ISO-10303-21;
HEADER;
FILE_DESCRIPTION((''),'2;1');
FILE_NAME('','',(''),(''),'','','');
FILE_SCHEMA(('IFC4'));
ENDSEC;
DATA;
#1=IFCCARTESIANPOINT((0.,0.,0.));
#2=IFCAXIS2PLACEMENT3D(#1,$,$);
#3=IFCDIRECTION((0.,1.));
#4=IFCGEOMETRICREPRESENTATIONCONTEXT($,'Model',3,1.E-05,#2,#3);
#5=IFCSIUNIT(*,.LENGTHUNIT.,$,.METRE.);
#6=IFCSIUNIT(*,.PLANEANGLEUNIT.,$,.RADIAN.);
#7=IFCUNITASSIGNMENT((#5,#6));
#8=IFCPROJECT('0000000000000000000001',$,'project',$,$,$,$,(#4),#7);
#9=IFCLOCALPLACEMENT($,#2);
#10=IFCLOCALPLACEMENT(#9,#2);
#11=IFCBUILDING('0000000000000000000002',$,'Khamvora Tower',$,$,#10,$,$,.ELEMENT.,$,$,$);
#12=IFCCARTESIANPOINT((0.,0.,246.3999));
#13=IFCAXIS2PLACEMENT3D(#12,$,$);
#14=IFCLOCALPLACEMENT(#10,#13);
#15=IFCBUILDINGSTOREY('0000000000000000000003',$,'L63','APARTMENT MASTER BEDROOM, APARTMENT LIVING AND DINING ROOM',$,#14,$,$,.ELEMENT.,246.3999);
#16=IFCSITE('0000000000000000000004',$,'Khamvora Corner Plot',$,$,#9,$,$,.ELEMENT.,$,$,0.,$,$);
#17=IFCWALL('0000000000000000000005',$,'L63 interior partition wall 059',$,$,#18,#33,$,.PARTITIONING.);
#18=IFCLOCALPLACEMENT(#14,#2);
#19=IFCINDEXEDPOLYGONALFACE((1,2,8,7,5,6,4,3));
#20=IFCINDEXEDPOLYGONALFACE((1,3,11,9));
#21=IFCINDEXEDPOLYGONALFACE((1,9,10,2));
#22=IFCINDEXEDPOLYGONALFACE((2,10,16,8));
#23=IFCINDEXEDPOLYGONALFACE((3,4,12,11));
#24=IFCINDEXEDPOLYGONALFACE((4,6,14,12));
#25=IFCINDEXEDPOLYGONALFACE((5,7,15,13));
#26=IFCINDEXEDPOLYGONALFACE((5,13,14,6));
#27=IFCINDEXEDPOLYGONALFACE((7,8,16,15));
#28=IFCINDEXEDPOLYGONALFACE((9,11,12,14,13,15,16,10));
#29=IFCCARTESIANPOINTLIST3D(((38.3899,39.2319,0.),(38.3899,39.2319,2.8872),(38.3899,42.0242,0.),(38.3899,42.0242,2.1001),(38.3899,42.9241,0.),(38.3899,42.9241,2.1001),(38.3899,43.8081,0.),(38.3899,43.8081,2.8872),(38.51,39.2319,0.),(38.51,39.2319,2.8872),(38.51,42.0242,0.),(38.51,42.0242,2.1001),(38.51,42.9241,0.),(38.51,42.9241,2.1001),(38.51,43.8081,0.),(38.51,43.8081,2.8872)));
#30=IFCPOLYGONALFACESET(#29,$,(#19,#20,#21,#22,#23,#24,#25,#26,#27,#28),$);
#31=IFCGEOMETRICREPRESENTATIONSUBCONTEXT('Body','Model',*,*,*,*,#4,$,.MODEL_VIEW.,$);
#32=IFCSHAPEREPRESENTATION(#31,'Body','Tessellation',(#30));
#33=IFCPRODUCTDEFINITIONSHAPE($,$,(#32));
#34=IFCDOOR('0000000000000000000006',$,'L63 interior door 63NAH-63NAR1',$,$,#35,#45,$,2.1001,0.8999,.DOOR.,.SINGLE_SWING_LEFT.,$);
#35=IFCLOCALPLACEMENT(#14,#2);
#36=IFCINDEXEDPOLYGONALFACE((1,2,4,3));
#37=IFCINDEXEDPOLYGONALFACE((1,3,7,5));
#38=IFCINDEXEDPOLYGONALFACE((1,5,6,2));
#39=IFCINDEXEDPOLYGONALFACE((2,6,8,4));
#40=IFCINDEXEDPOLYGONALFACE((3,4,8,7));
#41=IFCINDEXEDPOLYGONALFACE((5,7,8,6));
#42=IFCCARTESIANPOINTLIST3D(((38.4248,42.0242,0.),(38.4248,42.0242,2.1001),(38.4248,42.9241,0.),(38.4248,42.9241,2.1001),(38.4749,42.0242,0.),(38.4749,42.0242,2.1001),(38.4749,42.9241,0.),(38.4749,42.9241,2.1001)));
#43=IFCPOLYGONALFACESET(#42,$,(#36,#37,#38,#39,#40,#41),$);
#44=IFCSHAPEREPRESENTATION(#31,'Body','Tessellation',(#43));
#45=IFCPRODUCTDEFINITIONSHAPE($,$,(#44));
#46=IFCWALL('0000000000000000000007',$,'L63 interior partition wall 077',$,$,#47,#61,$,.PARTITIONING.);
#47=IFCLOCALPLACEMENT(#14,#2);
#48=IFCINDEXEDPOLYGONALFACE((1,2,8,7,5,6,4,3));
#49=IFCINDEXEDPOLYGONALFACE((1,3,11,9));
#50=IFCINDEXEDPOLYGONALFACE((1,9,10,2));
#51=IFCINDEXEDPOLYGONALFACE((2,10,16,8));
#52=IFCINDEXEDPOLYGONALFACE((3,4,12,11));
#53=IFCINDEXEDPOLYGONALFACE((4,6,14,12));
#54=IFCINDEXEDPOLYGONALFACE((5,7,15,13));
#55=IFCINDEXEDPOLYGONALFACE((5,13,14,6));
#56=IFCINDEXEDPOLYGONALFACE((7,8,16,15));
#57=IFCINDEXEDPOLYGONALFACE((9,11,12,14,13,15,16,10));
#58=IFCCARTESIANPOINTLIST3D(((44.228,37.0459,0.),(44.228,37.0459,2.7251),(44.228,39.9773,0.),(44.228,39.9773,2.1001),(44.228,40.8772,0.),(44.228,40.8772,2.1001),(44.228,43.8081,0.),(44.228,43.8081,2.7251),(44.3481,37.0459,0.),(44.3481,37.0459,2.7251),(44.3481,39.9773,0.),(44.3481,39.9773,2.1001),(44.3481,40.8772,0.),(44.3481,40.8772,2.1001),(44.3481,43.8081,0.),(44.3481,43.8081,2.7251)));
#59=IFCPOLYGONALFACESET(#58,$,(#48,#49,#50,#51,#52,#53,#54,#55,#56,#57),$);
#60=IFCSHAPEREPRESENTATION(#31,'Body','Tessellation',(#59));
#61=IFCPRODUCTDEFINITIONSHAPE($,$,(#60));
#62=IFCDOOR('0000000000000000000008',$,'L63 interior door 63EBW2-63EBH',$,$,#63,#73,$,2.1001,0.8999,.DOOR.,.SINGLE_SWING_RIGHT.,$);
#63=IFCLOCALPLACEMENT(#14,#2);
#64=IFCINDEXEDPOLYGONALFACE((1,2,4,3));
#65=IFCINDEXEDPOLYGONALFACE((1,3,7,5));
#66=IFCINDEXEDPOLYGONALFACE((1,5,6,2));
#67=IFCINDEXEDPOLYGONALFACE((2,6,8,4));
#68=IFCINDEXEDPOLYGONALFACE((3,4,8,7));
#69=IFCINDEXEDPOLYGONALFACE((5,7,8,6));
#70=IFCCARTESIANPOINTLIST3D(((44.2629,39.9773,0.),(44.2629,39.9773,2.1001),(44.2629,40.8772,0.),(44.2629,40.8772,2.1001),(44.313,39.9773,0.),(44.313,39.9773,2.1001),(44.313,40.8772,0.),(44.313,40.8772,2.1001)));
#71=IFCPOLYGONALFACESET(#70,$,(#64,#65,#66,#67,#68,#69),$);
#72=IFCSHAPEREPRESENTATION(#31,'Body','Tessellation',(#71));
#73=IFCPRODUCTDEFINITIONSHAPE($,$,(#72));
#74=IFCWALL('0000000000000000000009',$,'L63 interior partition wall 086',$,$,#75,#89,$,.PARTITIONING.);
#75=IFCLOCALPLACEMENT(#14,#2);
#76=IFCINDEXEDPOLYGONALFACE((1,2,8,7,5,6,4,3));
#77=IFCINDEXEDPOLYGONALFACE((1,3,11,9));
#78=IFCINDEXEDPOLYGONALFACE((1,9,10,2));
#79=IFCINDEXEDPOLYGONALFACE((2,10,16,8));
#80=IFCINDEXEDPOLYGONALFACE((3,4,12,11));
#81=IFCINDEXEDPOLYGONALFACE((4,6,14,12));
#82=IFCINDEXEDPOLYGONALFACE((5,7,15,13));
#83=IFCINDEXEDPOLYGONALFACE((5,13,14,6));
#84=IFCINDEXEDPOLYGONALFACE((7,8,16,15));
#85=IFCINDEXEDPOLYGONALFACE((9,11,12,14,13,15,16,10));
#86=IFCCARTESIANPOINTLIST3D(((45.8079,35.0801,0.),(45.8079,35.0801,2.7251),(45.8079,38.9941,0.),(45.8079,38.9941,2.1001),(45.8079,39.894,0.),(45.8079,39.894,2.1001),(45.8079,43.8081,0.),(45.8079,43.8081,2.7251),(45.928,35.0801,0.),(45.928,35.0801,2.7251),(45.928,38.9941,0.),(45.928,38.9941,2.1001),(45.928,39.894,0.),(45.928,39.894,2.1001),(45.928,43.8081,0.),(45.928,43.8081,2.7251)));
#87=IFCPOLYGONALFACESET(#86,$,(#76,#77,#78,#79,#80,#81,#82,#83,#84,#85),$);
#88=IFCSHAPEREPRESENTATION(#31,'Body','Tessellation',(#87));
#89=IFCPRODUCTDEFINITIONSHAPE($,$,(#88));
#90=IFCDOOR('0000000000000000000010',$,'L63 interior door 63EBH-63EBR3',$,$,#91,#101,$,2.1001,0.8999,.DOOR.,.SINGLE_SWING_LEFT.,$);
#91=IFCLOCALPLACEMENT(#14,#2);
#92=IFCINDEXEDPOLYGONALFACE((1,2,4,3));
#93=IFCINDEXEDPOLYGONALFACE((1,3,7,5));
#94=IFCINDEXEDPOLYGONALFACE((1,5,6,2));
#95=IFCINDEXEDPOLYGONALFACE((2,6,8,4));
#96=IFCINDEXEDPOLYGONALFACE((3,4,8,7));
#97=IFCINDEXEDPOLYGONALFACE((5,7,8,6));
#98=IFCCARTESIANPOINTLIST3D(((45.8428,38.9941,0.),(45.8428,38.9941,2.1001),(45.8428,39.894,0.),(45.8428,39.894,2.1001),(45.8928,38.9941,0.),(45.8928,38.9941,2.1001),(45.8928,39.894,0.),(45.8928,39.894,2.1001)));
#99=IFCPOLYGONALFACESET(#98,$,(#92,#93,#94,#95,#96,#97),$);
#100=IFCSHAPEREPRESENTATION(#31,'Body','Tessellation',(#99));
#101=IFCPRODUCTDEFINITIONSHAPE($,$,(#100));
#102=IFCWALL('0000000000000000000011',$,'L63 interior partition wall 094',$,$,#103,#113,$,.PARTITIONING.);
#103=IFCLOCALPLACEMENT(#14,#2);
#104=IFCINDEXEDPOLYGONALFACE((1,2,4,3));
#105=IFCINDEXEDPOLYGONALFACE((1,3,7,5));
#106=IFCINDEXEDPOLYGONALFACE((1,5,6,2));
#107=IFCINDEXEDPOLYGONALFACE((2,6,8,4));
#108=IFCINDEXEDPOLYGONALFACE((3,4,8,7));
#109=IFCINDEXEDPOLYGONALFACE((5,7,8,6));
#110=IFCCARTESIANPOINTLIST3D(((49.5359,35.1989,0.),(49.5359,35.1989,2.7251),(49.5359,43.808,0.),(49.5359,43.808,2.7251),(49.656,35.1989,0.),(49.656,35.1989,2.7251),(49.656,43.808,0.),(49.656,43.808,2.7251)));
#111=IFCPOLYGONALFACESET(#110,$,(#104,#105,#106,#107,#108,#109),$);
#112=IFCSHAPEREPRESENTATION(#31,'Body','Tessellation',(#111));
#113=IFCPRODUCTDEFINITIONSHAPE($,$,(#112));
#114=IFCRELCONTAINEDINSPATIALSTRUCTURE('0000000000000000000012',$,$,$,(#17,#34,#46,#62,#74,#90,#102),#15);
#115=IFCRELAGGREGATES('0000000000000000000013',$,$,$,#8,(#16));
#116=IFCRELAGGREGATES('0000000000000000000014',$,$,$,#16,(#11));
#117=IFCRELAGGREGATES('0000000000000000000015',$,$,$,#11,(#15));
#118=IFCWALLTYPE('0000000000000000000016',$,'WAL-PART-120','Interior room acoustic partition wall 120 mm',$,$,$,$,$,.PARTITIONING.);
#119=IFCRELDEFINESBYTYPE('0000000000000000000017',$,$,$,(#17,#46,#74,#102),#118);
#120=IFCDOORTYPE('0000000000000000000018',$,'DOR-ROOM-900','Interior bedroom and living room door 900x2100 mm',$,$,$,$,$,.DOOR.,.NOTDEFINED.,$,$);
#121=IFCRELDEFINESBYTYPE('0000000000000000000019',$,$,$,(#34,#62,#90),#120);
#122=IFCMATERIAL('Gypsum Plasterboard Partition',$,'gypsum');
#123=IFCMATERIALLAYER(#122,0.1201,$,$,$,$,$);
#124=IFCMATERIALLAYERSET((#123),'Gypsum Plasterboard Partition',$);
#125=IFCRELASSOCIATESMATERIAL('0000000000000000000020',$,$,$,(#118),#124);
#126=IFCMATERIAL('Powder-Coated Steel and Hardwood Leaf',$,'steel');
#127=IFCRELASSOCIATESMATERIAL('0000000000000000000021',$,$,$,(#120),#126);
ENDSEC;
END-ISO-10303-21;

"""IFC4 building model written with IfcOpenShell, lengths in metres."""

from ifc_helpers import new_model, si_unit, direction, frame, frame_2d, origin, place, context, subcontext, project, spatial, rectangle, extrude, material, layer, layer_set, type_object, element, fill, save


model = new_model("IFC4")

# Units and contexts
model_context = context("Model", 3, precision=1e-05, world=origin(), true_north=direction((0.0, 1.0)))
body_context = subcontext(model_context, "Body", "Model", "MODEL_VIEW")
ifc_project = project(units=[si_unit("LENGTHUNIT", "METRE"), si_unit("PLANEANGLEUNIT", "RADIAN")], contexts=[model_context])

# Site, building, storey
site_placement = place(None, origin())
site = spatial("IfcSite", under=ifc_project, at=site_placement, Name="Khamvora Corner Plot", CompositionType="ELEMENT", RefElevation=0.0)
building_placement = place(site_placement, origin())
building = spatial("IfcBuilding", under=site, at=building_placement, Name="Khamvora Tower", CompositionType="ELEMENT")
storey_placement = place(building_placement, frame((0.0, 0.0, 246.3999)))
storey = spatial("IfcBuildingStorey", under=building, at=storey_placement, Name="L63", Description="APARTMENT MASTER BEDROOM, APARTMENT LIVING AND DINING ROOM", CompositionType="ELEMENT", Elevation=246.3999)

# Walls, openings, doors
ifc_material_1 = material(Name="Gypsum Plasterboard Partition", Category="gypsum")
ifc_layer_1 = layer(ifc_material_1, 0.1201)
ifc_layer_set_1 = layer_set([ifc_layer_1], Name="Gypsum Plasterboard Partition")
wall_type_1 = type_object("IfcWallType", Name="WAL-PART-120", Description="Interior room acoustic partition wall 120 mm", PredefinedType="PARTITIONING", material=ifc_layer_set_1)
wall_1_placement = place(storey_placement, frame((38.45, 43.8081, 0.0), z_axis=(0.0, 0.0, 1.0), x_axis=(0.0, -1.0, 0.0)))
wall_1 = element("IfcWall", 1, at=wall_1_placement, inside=storey, type_object=wall_type_1, Name="L63 interior partition wall 059", PredefinedType="PARTITIONING", context=body_context, shape_type="SweptSolid", body=[
    extrude(rectangle(XDim=4.5762, YDim=0.1201, at=frame_2d((2.2881, 0.0))), origin(), (0.0, 0.0, 1.0), 2.8872),
])
opening_1_placement = place(wall_1_placement, frame((0.884, 0.0, 0.0)))
opening_1 = element("IfcOpeningElement", 2, at=opening_1_placement, cuts=wall_1, PredefinedType="OPENING", context=body_context, shape_type="SweptSolid", body=[
    extrude(rectangle(XDim=0.8999, YDim=2.1001, at=frame_2d((0.45, 1.05))), frame((0.0, 0.0701, 0.0), z_axis=(0.0, -1.0, 0.0), x_axis=(1.0, 0.0, 0.0)), (0.0, 0.0, 1.0), 0.1401),
])
ifc_material_2 = material(Name="Powder-Coated Steel and Hardwood Leaf", Category="steel")
door_type = type_object("IfcDoorType", Name="DOR-ROOM-900", Description="Interior bedroom and living room door 900x2100 mm", OperationType="NOTDEFINED", PredefinedType="DOOR", material=ifc_material_2)
door_1_placement = place(opening_1_placement, origin())
door_1 = element("IfcDoor", 3, at=door_1_placement, inside=storey, type_object=door_type, Name="L63 interior door 63NAH-63NAR1", OperationType="SINGLE_SWING_LEFT", OverallHeight=2.1001, OverallWidth=0.8999, PredefinedType="DOOR", context=body_context, shape_type="SweptSolid", body=[
    extrude(rectangle(XDim=0.8999, YDim=2.1001, at=frame_2d((0.45, 1.05))), frame((0.0, 0.0249, 0.0), z_axis=(0.0, -1.0, 0.0), x_axis=(1.0, 0.0, 0.0)), (0.0, 0.0, 1.0), 0.05),
])
fill(opening_1, door_1)
wall_2_placement = place(storey_placement, frame((44.2881, 43.8081, 0.0), z_axis=(0.0, 0.0, 1.0), x_axis=(0.0, -1.0, 0.0)))
wall_2 = element("IfcWall", 4, at=wall_2_placement, inside=storey, type_object=wall_type_1, Name="L63 interior partition wall 077", PredefinedType="PARTITIONING", context=body_context, shape_type="SweptSolid", body=[
    extrude(rectangle(XDim=6.7622, YDim=0.1201, at=frame_2d((3.3811, 0.0))), origin(), (0.0, 0.0, 1.0), 2.7251),
])
opening_2_placement = place(wall_2_placement, frame((2.9309, 0.0, 0.0)))
opening_2 = element("IfcOpeningElement", 5, at=opening_2_placement, cuts=wall_2, PredefinedType="OPENING", context=body_context, shape_type="SweptSolid", body=[
    extrude(rectangle(XDim=0.8999, YDim=2.1001, at=frame_2d((0.45, 1.05))), frame((0.0, 0.0701, 0.0), z_axis=(0.0, -1.0, 0.0), x_axis=(1.0, 0.0, 0.0)), (0.0, 0.0, 1.0), 0.1401),
])
door_2_placement = place(opening_2_placement, origin())
door_2 = element("IfcDoor", 6, at=door_2_placement, inside=storey, type_object=door_type, Name="L63 interior door 63EBW2-63EBH", OperationType="SINGLE_SWING_RIGHT", OverallHeight=2.1001, OverallWidth=0.8999, PredefinedType="DOOR", context=body_context, shape_type="SweptSolid", body=[
    extrude(rectangle(XDim=0.8999, YDim=2.1001, at=frame_2d((0.45, 1.05))), frame((0.0, 0.0249, 0.0), z_axis=(0.0, -1.0, 0.0), x_axis=(1.0, 0.0, 0.0)), (0.0, 0.0, 1.0), 0.05),
])
fill(opening_2, door_2)
wall_3_placement = place(storey_placement, frame((45.8679, 43.8081, 0.0), z_axis=(0.0, 0.0, 1.0), x_axis=(0.0, -1.0, 0.0)))
wall_3 = element("IfcWall", 7, at=wall_3_placement, inside=storey, type_object=wall_type_1, Name="L63 interior partition wall 086", PredefinedType="PARTITIONING", context=body_context, shape_type="SweptSolid", body=[
    extrude(rectangle(XDim=8.728, YDim=0.1201, at=frame_2d((4.364, 0.0))), origin(), (0.0, 0.0, 1.0), 2.7251),
])
opening_3_placement = place(wall_3_placement, frame((3.9141, 0.0, 0.0)))
opening_3 = element("IfcOpeningElement", 8, at=opening_3_placement, cuts=wall_3, PredefinedType="OPENING", context=body_context, shape_type="SweptSolid", body=[
    extrude(rectangle(XDim=0.8999, YDim=2.1001, at=frame_2d((0.45, 1.05))), frame((0.0, 0.0701, 0.0), z_axis=(0.0, -1.0, 0.0), x_axis=(1.0, 0.0, 0.0)), (0.0, 0.0, 1.0), 0.1401),
])
door_3_placement = place(opening_3_placement, origin())
door_3 = element("IfcDoor", 9, at=door_3_placement, inside=storey, type_object=door_type, Name="L63 interior door 63EBH-63EBR3", OperationType="SINGLE_SWING_LEFT", OverallHeight=2.1001, OverallWidth=0.8999, PredefinedType="DOOR", context=body_context, shape_type="SweptSolid", body=[
    extrude(rectangle(XDim=0.8999, YDim=2.1001, at=frame_2d((0.45, 1.05))), frame((0.0, 0.0249, 0.0), z_axis=(0.0, -1.0, 0.0), x_axis=(1.0, 0.0, 0.0)), (0.0, 0.0, 1.0), 0.05),
])
fill(opening_3, door_3)

# Wall
wall_4_placement = place(storey_placement, frame((49.5959, 43.8081, 0.0), z_axis=(0.0, 0.0, 1.0), x_axis=(0.0, -1.0, 0.0)))
element("IfcWall", 10, at=wall_4_placement, inside=storey, type_object=wall_type_1, Name="L63 interior partition wall 094", PredefinedType="PARTITIONING", context=body_context, shape_type="SweptSolid", body=[
    extrude(rectangle(XDim=8.6091, YDim=0.1201, at=frame_2d((4.3047, 0.0))), origin(), (0.0, 0.0, 1.0), 2.7251),
])

save(model, "model.ifc")
